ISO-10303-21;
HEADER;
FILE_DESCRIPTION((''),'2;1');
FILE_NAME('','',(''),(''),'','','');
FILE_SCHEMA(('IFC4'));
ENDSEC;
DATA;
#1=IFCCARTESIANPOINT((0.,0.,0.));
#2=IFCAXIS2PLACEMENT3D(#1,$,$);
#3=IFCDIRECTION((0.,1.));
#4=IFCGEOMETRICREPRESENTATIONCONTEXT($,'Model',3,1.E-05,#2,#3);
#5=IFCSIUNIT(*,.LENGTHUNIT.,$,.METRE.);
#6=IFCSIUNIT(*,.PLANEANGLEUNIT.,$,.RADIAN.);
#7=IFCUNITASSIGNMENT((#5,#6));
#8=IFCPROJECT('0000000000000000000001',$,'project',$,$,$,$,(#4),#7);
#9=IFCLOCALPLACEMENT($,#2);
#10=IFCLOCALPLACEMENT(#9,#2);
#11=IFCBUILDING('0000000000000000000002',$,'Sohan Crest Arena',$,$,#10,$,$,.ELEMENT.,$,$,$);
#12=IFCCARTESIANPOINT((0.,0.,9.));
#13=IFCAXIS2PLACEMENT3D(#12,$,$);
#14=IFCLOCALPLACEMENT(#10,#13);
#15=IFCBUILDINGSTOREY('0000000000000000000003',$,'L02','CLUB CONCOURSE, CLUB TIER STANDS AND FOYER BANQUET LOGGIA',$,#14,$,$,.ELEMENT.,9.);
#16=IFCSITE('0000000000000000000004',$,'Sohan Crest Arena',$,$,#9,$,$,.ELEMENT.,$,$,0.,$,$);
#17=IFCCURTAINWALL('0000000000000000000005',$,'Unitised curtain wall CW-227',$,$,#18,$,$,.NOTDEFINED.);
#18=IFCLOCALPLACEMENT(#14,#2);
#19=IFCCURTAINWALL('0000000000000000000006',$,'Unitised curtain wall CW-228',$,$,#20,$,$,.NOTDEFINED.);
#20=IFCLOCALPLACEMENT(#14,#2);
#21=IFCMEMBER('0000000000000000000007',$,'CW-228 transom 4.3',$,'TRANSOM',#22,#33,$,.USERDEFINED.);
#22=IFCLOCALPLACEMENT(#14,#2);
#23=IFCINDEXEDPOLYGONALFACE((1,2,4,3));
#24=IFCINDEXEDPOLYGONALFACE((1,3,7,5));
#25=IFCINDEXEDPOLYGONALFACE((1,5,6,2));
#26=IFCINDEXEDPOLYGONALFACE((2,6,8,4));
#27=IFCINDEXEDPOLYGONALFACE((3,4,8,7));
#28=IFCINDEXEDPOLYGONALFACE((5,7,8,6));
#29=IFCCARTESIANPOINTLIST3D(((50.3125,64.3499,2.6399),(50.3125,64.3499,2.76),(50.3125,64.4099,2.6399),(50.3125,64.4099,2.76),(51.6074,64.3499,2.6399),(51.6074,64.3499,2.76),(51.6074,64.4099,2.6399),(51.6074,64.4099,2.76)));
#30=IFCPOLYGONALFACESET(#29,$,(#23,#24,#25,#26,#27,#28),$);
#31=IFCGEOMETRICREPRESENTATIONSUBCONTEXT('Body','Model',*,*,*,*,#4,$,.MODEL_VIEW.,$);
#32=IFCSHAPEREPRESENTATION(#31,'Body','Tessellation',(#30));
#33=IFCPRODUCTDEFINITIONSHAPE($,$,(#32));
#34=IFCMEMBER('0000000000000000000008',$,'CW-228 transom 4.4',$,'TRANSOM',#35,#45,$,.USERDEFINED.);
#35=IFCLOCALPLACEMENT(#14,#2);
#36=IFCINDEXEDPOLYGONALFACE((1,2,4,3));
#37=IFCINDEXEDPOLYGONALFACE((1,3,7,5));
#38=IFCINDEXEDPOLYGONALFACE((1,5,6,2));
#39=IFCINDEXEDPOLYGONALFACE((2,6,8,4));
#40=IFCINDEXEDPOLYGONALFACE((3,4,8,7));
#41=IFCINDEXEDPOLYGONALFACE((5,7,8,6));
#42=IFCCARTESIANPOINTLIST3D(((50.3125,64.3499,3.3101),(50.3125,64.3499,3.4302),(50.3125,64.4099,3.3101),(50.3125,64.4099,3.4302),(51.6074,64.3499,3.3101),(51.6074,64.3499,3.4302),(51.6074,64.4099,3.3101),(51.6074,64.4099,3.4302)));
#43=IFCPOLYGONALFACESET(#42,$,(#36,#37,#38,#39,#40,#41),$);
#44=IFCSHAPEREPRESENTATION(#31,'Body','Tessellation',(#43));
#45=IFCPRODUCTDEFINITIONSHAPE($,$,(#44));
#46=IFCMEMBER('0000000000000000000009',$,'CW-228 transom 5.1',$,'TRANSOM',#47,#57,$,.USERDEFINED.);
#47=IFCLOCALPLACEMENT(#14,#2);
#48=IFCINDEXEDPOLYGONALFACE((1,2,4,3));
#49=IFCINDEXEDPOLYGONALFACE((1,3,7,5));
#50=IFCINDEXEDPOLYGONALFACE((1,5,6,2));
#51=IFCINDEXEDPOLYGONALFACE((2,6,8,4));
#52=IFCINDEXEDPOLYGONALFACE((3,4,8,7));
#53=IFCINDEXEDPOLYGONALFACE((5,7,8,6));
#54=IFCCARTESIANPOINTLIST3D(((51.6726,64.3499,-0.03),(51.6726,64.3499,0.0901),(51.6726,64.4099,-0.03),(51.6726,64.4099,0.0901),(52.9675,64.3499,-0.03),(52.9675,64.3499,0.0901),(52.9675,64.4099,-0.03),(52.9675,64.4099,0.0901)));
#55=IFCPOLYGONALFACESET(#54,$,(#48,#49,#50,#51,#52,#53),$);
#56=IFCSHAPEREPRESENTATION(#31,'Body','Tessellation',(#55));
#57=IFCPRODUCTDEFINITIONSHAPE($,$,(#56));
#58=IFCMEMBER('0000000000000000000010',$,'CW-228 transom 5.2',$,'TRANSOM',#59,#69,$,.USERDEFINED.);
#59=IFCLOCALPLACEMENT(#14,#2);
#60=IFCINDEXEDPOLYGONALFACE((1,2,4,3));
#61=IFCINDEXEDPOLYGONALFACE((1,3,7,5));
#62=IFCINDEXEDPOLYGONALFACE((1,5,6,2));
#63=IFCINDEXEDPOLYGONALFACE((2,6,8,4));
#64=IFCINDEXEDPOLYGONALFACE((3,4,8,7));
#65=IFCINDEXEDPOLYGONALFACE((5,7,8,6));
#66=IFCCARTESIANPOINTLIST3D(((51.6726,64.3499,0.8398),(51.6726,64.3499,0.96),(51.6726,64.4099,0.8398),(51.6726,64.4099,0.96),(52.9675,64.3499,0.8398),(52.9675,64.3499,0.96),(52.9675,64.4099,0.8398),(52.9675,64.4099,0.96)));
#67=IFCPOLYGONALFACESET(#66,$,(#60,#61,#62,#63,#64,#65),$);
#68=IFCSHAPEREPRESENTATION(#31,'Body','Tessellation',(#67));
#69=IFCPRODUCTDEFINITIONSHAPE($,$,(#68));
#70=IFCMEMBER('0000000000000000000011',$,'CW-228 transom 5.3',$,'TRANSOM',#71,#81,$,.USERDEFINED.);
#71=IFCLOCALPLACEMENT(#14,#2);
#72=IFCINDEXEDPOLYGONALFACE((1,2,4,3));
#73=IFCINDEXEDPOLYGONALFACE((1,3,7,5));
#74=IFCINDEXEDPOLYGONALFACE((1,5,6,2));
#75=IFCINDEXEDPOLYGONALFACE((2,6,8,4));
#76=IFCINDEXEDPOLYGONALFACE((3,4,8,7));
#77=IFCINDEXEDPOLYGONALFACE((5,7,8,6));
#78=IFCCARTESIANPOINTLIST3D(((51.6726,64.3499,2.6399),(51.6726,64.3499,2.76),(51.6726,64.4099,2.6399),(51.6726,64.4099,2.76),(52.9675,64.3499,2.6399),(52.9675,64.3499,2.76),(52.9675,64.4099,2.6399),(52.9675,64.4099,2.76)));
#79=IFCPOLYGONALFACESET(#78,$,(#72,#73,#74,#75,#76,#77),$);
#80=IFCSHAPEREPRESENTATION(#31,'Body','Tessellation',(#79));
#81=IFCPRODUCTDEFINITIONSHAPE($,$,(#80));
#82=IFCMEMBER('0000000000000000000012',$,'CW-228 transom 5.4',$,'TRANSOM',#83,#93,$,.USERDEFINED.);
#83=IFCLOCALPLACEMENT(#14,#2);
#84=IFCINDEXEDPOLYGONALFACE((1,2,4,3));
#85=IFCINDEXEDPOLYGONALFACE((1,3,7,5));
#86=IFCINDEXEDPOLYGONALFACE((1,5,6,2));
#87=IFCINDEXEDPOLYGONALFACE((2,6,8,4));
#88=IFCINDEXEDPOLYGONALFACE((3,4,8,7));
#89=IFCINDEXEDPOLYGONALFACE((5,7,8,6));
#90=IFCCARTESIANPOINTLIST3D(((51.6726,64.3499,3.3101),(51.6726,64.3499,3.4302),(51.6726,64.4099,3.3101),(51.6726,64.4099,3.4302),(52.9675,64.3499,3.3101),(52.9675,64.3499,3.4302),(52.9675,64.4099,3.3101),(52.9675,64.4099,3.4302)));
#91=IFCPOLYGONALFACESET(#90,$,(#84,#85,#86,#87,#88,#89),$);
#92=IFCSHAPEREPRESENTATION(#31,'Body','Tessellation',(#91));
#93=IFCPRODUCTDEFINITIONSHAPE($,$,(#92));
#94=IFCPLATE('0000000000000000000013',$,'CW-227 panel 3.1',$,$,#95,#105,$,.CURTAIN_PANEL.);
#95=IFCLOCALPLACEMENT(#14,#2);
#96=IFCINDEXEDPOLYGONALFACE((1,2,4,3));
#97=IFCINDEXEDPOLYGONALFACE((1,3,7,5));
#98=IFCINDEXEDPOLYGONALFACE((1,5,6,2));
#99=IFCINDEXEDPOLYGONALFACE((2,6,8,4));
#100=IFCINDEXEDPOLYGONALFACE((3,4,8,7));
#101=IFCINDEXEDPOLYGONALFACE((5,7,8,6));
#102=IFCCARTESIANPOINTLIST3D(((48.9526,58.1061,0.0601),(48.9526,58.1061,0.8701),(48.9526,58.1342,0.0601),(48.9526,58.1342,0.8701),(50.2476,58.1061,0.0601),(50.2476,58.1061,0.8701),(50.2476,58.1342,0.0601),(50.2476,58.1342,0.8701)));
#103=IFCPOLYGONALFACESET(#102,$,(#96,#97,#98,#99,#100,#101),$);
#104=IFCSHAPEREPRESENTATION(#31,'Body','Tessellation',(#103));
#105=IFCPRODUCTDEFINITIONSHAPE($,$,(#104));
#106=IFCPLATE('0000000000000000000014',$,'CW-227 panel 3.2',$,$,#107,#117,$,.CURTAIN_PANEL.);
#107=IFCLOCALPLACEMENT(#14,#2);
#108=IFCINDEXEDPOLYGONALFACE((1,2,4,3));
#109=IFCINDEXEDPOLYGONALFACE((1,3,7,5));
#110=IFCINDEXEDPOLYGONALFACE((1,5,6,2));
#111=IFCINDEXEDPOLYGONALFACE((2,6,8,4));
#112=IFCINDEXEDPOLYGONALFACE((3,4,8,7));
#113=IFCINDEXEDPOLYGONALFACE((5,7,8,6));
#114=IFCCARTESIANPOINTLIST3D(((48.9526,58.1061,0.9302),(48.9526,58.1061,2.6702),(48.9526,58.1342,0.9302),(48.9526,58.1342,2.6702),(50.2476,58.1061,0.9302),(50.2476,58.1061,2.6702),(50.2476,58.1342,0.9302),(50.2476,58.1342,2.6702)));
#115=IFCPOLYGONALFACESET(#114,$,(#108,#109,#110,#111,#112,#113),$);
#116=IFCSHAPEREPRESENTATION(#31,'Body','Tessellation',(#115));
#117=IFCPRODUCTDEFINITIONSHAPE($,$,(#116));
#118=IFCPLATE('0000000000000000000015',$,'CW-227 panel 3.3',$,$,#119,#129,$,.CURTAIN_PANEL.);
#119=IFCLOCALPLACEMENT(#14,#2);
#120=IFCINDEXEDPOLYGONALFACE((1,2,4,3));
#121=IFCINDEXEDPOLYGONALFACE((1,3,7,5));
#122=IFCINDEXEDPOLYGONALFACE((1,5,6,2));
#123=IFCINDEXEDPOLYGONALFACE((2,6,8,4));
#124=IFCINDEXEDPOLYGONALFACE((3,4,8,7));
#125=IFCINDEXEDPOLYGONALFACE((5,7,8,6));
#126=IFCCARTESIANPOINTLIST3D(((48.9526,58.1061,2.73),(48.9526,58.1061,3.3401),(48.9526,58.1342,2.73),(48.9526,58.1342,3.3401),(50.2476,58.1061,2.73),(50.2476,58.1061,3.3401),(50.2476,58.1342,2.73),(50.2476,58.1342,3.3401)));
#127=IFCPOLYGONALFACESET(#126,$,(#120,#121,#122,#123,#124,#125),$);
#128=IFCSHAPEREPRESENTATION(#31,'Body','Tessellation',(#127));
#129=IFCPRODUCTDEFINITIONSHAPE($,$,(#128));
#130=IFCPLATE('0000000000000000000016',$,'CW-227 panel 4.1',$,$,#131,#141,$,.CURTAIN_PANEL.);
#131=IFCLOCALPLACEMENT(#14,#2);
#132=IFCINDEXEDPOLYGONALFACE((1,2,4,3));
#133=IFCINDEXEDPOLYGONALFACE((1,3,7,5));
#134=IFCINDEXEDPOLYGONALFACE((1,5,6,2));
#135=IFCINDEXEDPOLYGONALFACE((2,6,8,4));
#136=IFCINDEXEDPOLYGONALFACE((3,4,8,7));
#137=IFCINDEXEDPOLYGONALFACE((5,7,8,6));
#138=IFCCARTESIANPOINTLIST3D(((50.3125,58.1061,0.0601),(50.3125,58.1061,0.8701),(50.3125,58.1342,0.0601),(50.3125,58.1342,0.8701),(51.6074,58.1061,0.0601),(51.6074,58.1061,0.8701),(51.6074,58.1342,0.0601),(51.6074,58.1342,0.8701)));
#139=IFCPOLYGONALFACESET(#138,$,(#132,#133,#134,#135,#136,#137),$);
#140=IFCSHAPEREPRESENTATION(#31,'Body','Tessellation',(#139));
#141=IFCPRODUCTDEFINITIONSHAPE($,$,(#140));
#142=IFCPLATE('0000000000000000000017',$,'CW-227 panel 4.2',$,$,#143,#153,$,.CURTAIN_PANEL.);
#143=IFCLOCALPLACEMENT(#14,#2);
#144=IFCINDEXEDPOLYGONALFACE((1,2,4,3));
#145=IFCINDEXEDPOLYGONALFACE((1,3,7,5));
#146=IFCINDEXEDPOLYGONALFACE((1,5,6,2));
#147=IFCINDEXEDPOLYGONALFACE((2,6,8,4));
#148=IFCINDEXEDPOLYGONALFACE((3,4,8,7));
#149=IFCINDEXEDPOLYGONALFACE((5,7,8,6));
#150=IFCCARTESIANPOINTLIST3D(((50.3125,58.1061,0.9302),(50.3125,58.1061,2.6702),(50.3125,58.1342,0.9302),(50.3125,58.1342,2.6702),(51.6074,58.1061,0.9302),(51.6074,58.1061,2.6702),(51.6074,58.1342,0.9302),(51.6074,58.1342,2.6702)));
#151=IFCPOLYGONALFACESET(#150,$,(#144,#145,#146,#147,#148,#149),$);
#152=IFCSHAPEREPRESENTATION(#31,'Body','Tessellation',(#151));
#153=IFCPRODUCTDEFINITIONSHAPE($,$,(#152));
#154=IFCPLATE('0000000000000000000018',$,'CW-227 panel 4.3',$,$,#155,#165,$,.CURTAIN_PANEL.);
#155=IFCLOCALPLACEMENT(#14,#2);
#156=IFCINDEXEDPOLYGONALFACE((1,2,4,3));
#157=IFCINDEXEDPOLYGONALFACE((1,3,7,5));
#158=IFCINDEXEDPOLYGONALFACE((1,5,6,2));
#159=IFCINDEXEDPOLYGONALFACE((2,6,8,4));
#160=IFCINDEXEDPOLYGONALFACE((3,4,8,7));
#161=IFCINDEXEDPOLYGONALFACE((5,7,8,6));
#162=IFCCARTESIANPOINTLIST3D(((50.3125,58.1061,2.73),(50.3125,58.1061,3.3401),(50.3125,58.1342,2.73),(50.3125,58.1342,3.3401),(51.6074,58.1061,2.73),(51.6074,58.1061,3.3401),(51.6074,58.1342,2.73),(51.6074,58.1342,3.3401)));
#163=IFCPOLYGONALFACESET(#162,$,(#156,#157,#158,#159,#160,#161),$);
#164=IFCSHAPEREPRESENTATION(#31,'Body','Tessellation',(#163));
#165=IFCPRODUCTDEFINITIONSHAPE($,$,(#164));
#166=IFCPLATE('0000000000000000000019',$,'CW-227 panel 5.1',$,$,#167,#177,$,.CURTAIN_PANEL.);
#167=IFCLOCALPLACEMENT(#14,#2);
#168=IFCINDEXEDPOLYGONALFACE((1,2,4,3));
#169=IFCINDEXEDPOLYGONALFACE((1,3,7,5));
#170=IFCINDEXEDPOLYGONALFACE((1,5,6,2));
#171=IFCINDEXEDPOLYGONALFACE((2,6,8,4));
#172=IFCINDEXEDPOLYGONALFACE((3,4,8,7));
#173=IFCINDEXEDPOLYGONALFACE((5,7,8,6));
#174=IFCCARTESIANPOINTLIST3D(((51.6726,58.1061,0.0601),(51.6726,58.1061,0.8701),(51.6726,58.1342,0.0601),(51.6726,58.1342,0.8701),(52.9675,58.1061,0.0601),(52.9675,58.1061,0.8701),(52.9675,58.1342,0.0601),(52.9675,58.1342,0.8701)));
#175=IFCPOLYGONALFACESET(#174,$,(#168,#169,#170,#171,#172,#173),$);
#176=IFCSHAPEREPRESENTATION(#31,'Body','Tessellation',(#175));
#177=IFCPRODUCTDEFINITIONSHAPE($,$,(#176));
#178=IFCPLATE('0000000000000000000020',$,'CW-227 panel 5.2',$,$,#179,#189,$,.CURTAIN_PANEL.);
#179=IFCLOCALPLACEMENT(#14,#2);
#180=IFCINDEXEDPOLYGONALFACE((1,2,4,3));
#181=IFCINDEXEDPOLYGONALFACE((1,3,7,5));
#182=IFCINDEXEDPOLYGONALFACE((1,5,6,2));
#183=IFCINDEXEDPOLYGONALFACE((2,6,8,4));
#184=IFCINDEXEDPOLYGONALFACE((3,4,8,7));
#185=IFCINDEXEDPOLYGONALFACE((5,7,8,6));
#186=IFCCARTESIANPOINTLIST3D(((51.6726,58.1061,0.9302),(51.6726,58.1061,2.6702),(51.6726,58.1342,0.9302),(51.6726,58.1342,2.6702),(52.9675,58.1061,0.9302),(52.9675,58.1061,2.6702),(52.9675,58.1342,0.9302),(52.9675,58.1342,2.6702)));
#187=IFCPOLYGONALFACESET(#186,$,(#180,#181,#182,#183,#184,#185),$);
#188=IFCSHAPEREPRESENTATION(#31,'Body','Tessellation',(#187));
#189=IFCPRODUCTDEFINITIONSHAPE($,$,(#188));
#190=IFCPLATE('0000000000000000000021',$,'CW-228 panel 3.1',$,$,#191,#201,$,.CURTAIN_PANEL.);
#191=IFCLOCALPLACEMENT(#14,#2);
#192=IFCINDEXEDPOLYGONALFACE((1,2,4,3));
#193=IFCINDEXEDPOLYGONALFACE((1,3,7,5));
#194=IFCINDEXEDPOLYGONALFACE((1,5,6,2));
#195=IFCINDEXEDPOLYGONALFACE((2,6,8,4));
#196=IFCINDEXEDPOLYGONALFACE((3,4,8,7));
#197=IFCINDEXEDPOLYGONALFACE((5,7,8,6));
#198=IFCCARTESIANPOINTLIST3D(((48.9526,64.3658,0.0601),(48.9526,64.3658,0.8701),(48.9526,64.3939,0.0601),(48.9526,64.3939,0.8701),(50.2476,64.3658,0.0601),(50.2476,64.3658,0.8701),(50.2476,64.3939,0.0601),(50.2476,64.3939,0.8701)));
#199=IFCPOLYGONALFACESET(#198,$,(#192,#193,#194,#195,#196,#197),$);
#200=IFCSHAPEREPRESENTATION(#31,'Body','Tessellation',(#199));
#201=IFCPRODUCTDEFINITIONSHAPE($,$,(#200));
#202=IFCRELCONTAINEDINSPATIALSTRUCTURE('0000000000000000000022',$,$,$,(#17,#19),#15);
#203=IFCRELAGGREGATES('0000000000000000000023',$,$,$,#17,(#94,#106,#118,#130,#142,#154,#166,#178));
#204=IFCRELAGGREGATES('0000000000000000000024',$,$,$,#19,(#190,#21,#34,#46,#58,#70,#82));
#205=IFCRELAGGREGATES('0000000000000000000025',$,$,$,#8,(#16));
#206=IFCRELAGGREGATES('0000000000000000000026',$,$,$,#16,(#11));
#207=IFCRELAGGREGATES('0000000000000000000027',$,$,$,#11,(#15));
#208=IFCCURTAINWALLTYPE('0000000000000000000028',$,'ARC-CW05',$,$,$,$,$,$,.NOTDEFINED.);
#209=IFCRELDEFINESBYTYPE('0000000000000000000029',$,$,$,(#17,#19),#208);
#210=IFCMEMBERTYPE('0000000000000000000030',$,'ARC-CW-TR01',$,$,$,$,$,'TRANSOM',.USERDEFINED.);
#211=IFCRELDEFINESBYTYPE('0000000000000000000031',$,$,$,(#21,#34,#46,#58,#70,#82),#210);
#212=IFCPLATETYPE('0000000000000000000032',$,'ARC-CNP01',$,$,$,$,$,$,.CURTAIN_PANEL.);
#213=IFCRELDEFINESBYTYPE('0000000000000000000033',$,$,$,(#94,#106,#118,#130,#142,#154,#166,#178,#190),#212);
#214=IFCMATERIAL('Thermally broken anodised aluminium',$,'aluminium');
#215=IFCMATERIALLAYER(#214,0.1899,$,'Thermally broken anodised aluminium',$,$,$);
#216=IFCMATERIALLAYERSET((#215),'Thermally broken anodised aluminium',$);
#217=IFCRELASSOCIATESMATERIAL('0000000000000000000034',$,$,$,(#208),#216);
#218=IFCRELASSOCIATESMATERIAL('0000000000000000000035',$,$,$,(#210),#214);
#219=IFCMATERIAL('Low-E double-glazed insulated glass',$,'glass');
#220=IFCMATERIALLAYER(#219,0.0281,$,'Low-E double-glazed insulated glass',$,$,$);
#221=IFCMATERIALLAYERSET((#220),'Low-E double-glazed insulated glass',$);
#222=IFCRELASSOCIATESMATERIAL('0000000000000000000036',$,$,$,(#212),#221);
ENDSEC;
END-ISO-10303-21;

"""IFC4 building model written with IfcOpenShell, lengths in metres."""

from ifc_helpers import new_model, si_unit, direction, frame, origin, origin_2d, place, context, subcontext, project, spatial, rectangle, extrude, material, layer, layer_set, material_profile, profile_set, type_object, element, aggregate, save


model = new_model("IFC4")

# Units and contexts
model_context = context("Model", 3, precision=1e-05, world=origin(), true_north=direction((0.0, 1.0)))
body_context = subcontext(model_context, "Body", "Model", "MODEL_VIEW")
ifc_project = project(units=[si_unit("LENGTHUNIT", "METRE"), si_unit("PLANEANGLEUNIT", "RADIAN")], contexts=[model_context])

# Site, building, storey
site_placement = place(None, origin())
site = spatial("IfcSite", under=ifc_project, at=site_placement, Name="Sohan Crest Arena", CompositionType="ELEMENT", RefElevation=0.0)
building_placement = place(site_placement, origin())
building = spatial("IfcBuilding", under=site, at=building_placement, Name="Sohan Crest Arena", CompositionType="ELEMENT")
storey_placement = place(building_placement, frame((0.0, 0.0, 9.0)))
storey = spatial("IfcBuildingStorey", under=building, at=storey_placement, Name="L02", Description="CLUB CONCOURSE, CLUB TIER STANDS AND FOYER BANQUET LOGGIA", CompositionType="ELEMENT", Elevation=9.0)

# Curtain walls
ifc_material_1 = material(Name="Thermally broken anodised aluminium", Category="aluminium")
ifc_layer_1 = layer(ifc_material_1, 0.1899, Name="Thermally broken anodised aluminium")
ifc_layer_set_1 = layer_set([ifc_layer_1], Name="Thermally broken anodised aluminium")
curtain_wall_type = type_object("IfcCurtainWallType", Name="ARC-CW05", PredefinedType="NOTDEFINED", material=ifc_layer_set_1)
curtain_wall_1_placement = place(storey_placement, origin())
curtain_wall_1 = element("IfcCurtainWall", 1, at=curtain_wall_1_placement, inside=storey, type_object=curtain_wall_type, Name="Unitised curtain wall CW-227", PredefinedType="NOTDEFINED")
curtain_wall_2_placement = place(storey_placement, origin())
curtain_wall_2 = element("IfcCurtainWall", 2, at=curtain_wall_2_placement, inside=storey, type_object=curtain_wall_type, Name="Unitised curtain wall CW-228", PredefinedType="NOTDEFINED")

# Members
ifc_material_profile_1 = material_profile(ifc_material_1, rectangle(XDim=0.0601, YDim=0.1201, at=origin_2d()), Name="ALU-TRAN 60x120")
ifc_profile_set_1 = profile_set([ifc_material_profile_1], Name="Thermally broken anodised aluminium")
member_type_1 = type_object("IfcMemberType", Name="ARC-CW-TR01", ElementType="TRANSOM", PredefinedType="USERDEFINED", material=ifc_profile_set_1)
member_1_placement = place(storey_placement, frame((50.3125, 64.3799, 2.7), z_axis=(1.0, 0.0, 0.0), x_axis=(0.0, 1.0, 0.0)))
member_1 = element("IfcMember", 3, at=member_1_placement, type_object=member_type_1, Name="CW-228 transom 4.3", ObjectType="TRANSOM", PredefinedType="USERDEFINED", context=body_context, shape_type="SweptSolid", body=[
    extrude(rectangle(XDim=0.0601, YDim=0.1201, at=origin_2d()), origin(), (0.0, 0.0, 1.0), 1.2949),
])
member_2_placement = place(storey_placement, frame((50.3125, 64.3799, 3.3701), z_axis=(1.0, 0.0, 0.0), x_axis=(0.0, 1.0, 0.0)))
member_2 = element("IfcMember", 4, at=member_2_placement, type_object=member_type_1, Name="CW-228 transom 4.4", ObjectType="TRANSOM", PredefinedType="USERDEFINED", context=body_context, shape_type="SweptSolid", body=[
    extrude(rectangle(XDim=0.0601, YDim=0.1201, at=origin_2d()), origin(), (0.0, 0.0, 1.0), 1.2949),
])
member_3_placement = place(storey_placement, frame((51.6726, 64.3799, 0.03), z_axis=(1.0, 0.0, 0.0), x_axis=(0.0, 1.0, 0.0)))
member_3 = element("IfcMember", 5, at=member_3_placement, type_object=member_type_1, Name="CW-228 transom 5.1", ObjectType="TRANSOM", PredefinedType="USERDEFINED", context=body_context, shape_type="SweptSolid", body=[
    extrude(rectangle(XDim=0.0601, YDim=0.1201, at=origin_2d()), origin(), (0.0, 0.0, 1.0), 1.2949),
])
member_4_placement = place(storey_placement, frame((51.6726, 64.3799, 0.8999), z_axis=(1.0, 0.0, 0.0), x_axis=(0.0, 1.0, 0.0)))
member_4 = element("IfcMember", 6, at=member_4_placement, type_object=member_type_1, Name="CW-228 transom 5.2", ObjectType="TRANSOM", PredefinedType="USERDEFINED", context=body_context, shape_type="SweptSolid", body=[
    extrude(rectangle(XDim=0.0601, YDim=0.1201, at=origin_2d()), origin(), (0.0, 0.0, 1.0), 1.2949),
])
member_5_placement = place(storey_placement, frame((51.6726, 64.3799, 2.7), z_axis=(1.0, 0.0, 0.0), x_axis=(0.0, 1.0, 0.0)))
member_5 = element("IfcMember", 7, at=member_5_placement, type_object=member_type_1, Name="CW-228 transom 5.3", ObjectType="TRANSOM", PredefinedType="USERDEFINED", context=body_context, shape_type="SweptSolid", body=[
    extrude(rectangle(XDim=0.0601, YDim=0.1201, at=origin_2d()), origin(), (0.0, 0.0, 1.0), 1.2949),
])
member_6_placement = place(storey_placement, frame((51.6726, 64.3799, 3.3701), z_axis=(1.0, 0.0, 0.0), x_axis=(0.0, 1.0, 0.0)))
member_6 = element("IfcMember", 8, at=member_6_placement, type_object=member_type_1, Name="CW-228 transom 5.4", ObjectType="TRANSOM", PredefinedType="USERDEFINED", context=body_context, shape_type="SweptSolid", body=[
    extrude(rectangle(XDim=0.0601, YDim=0.1201, at=origin_2d()), origin(), (0.0, 0.0, 1.0), 1.2949),
])

# Plates
ifc_material_2 = material(Name="Low-E double-glazed insulated glass", Category="glass")
ifc_layer_2 = layer(ifc_material_2, 0.0281, Name="Low-E double-glazed insulated glass")
ifc_layer_set_2 = layer_set([ifc_layer_2], Name="Low-E double-glazed insulated glass")
plate_type = type_object("IfcPlateType", Name="ARC-CNP01", PredefinedType="CURTAIN_PANEL", material=ifc_layer_set_2)
plate_1_placement = place(storey_placement, frame((49.6001, 58.1201, 0.0601), z_axis=(0.0, 0.0, 1.0), x_axis=(1.0, 0.0, 0.0)))
plate_1 = element("IfcPlate", 9, at=plate_1_placement, type_object=plate_type, Name="CW-227 panel 3.1", PredefinedType="CURTAIN_PANEL", context=body_context, shape_type="SweptSolid", body=[
    extrude(rectangle(XDim=1.2949, YDim=0.0281, at=origin_2d()), origin(), (0.0, 0.0, 1.0), 0.8101),
])
plate_2_placement = place(storey_placement, frame((49.6001, 58.1201, 0.9302), z_axis=(0.0, 0.0, 1.0), x_axis=(1.0, 0.0, 0.0)))
plate_2 = element("IfcPlate", 10, at=plate_2_placement, type_object=plate_type, Name="CW-227 panel 3.2", PredefinedType="CURTAIN_PANEL", context=body_context, shape_type="SweptSolid", body=[
    extrude(rectangle(XDim=1.2949, YDim=0.0281, at=origin_2d()), origin(), (0.0, 0.0, 1.0), 1.74),
])
plate_3_placement = place(storey_placement, frame((49.6001, 58.1201, 2.73), z_axis=(0.0, 0.0, 1.0), x_axis=(1.0, 0.0, 0.0)))
plate_3 = element("IfcPlate", 11, at=plate_3_placement, type_object=plate_type, Name="CW-227 panel 3.3", PredefinedType="CURTAIN_PANEL", context=body_context, shape_type="SweptSolid", body=[
    extrude(rectangle(XDim=1.2949, YDim=0.0281, at=origin_2d()), origin(), (0.0, 0.0, 1.0), 0.6101),
])
plate_4_placement = place(storey_placement, frame((50.96, 58.1201, 0.0601), z_axis=(0.0, 0.0, 1.0), x_axis=(1.0, 0.0, 0.0)))
plate_4 = element("IfcPlate", 12, at=plate_4_placement, type_object=plate_type, Name="CW-227 panel 4.1", PredefinedType="CURTAIN_PANEL", context=body_context, shape_type="SweptSolid", body=[
    extrude(rectangle(XDim=1.2949, YDim=0.0281, at=origin_2d()), origin(), (0.0, 0.0, 1.0), 0.8101),
])
plate_5_placement = place(storey_placement, frame((50.96, 58.1201, 0.9302), z_axis=(0.0, 0.0, 1.0), x_axis=(1.0, 0.0, 0.0)))
plate_5 = element("IfcPlate", 13, at=plate_5_placement, type_object=plate_type, Name="CW-227 panel 4.2", PredefinedType="CURTAIN_PANEL", context=body_context, shape_type="SweptSolid", body=[
    extrude(rectangle(XDim=1.2949, YDim=0.0281, at=origin_2d()), origin(), (0.0, 0.0, 1.0), 1.74),
])
plate_6_placement = place(storey_placement, frame((50.96, 58.1201, 2.73), z_axis=(0.0, 0.0, 1.0), x_axis=(1.0, 0.0, 0.0)))
plate_6 = element("IfcPlate", 14, at=plate_6_placement, type_object=plate_type, Name="CW-227 panel 4.3", PredefinedType="CURTAIN_PANEL", context=body_context, shape_type="SweptSolid", body=[
    extrude(rectangle(XDim=1.2949, YDim=0.0281, at=origin_2d()), origin(), (0.0, 0.0, 1.0), 0.6101),
])
plate_7_placement = place(storey_placement, frame((52.3201, 58.1201, 0.0601), z_axis=(0.0, 0.0, 1.0), x_axis=(1.0, 0.0, 0.0)))
plate_7 = element("IfcPlate", 15, at=plate_7_placement, type_object=plate_type, Name="CW-227 panel 5.1", PredefinedType="CURTAIN_PANEL", context=body_context, shape_type="SweptSolid", body=[
    extrude(rectangle(XDim=1.2949, YDim=0.0281, at=origin_2d()), origin(), (0.0, 0.0, 1.0), 0.8101),
])
plate_8_placement = place(storey_placement, frame((52.3201, 58.1201, 0.9302), z_axis=(0.0, 0.0, 1.0), x_axis=(1.0, 0.0, 0.0)))
plate_8 = element("IfcPlate", 16, at=plate_8_placement, type_object=plate_type, Name="CW-227 panel 5.2", PredefinedType="CURTAIN_PANEL", context=body_context, shape_type="SweptSolid", body=[
    extrude(rectangle(XDim=1.2949, YDim=0.0281, at=origin_2d()), origin(), (0.0, 0.0, 1.0), 1.74),
])
aggregate(curtain_wall_1, [plate_1, plate_2, plate_3, plate_4, plate_5, plate_6, plate_7, plate_8])
plate_9_placement = place(storey_placement, frame((49.6001, 64.3799, 0.0601), z_axis=(0.0, 0.0, 1.0), x_axis=(1.0, 0.0, 0.0)))
plate_9 = element("IfcPlate", 17, at=plate_9_placement, type_object=plate_type, Name="CW-228 panel 3.1", PredefinedType="CURTAIN_PANEL", context=body_context, shape_type="SweptSolid", body=[
    extrude(rectangle(XDim=1.2949, YDim=0.0281, at=origin_2d()), origin(), (0.0, 0.0, 1.0), 0.8101),
])
aggregate(curtain_wall_2, [plate_9, member_1, member_2, member_3, member_4, member_5, member_6])

save(model, "model.ifc")
